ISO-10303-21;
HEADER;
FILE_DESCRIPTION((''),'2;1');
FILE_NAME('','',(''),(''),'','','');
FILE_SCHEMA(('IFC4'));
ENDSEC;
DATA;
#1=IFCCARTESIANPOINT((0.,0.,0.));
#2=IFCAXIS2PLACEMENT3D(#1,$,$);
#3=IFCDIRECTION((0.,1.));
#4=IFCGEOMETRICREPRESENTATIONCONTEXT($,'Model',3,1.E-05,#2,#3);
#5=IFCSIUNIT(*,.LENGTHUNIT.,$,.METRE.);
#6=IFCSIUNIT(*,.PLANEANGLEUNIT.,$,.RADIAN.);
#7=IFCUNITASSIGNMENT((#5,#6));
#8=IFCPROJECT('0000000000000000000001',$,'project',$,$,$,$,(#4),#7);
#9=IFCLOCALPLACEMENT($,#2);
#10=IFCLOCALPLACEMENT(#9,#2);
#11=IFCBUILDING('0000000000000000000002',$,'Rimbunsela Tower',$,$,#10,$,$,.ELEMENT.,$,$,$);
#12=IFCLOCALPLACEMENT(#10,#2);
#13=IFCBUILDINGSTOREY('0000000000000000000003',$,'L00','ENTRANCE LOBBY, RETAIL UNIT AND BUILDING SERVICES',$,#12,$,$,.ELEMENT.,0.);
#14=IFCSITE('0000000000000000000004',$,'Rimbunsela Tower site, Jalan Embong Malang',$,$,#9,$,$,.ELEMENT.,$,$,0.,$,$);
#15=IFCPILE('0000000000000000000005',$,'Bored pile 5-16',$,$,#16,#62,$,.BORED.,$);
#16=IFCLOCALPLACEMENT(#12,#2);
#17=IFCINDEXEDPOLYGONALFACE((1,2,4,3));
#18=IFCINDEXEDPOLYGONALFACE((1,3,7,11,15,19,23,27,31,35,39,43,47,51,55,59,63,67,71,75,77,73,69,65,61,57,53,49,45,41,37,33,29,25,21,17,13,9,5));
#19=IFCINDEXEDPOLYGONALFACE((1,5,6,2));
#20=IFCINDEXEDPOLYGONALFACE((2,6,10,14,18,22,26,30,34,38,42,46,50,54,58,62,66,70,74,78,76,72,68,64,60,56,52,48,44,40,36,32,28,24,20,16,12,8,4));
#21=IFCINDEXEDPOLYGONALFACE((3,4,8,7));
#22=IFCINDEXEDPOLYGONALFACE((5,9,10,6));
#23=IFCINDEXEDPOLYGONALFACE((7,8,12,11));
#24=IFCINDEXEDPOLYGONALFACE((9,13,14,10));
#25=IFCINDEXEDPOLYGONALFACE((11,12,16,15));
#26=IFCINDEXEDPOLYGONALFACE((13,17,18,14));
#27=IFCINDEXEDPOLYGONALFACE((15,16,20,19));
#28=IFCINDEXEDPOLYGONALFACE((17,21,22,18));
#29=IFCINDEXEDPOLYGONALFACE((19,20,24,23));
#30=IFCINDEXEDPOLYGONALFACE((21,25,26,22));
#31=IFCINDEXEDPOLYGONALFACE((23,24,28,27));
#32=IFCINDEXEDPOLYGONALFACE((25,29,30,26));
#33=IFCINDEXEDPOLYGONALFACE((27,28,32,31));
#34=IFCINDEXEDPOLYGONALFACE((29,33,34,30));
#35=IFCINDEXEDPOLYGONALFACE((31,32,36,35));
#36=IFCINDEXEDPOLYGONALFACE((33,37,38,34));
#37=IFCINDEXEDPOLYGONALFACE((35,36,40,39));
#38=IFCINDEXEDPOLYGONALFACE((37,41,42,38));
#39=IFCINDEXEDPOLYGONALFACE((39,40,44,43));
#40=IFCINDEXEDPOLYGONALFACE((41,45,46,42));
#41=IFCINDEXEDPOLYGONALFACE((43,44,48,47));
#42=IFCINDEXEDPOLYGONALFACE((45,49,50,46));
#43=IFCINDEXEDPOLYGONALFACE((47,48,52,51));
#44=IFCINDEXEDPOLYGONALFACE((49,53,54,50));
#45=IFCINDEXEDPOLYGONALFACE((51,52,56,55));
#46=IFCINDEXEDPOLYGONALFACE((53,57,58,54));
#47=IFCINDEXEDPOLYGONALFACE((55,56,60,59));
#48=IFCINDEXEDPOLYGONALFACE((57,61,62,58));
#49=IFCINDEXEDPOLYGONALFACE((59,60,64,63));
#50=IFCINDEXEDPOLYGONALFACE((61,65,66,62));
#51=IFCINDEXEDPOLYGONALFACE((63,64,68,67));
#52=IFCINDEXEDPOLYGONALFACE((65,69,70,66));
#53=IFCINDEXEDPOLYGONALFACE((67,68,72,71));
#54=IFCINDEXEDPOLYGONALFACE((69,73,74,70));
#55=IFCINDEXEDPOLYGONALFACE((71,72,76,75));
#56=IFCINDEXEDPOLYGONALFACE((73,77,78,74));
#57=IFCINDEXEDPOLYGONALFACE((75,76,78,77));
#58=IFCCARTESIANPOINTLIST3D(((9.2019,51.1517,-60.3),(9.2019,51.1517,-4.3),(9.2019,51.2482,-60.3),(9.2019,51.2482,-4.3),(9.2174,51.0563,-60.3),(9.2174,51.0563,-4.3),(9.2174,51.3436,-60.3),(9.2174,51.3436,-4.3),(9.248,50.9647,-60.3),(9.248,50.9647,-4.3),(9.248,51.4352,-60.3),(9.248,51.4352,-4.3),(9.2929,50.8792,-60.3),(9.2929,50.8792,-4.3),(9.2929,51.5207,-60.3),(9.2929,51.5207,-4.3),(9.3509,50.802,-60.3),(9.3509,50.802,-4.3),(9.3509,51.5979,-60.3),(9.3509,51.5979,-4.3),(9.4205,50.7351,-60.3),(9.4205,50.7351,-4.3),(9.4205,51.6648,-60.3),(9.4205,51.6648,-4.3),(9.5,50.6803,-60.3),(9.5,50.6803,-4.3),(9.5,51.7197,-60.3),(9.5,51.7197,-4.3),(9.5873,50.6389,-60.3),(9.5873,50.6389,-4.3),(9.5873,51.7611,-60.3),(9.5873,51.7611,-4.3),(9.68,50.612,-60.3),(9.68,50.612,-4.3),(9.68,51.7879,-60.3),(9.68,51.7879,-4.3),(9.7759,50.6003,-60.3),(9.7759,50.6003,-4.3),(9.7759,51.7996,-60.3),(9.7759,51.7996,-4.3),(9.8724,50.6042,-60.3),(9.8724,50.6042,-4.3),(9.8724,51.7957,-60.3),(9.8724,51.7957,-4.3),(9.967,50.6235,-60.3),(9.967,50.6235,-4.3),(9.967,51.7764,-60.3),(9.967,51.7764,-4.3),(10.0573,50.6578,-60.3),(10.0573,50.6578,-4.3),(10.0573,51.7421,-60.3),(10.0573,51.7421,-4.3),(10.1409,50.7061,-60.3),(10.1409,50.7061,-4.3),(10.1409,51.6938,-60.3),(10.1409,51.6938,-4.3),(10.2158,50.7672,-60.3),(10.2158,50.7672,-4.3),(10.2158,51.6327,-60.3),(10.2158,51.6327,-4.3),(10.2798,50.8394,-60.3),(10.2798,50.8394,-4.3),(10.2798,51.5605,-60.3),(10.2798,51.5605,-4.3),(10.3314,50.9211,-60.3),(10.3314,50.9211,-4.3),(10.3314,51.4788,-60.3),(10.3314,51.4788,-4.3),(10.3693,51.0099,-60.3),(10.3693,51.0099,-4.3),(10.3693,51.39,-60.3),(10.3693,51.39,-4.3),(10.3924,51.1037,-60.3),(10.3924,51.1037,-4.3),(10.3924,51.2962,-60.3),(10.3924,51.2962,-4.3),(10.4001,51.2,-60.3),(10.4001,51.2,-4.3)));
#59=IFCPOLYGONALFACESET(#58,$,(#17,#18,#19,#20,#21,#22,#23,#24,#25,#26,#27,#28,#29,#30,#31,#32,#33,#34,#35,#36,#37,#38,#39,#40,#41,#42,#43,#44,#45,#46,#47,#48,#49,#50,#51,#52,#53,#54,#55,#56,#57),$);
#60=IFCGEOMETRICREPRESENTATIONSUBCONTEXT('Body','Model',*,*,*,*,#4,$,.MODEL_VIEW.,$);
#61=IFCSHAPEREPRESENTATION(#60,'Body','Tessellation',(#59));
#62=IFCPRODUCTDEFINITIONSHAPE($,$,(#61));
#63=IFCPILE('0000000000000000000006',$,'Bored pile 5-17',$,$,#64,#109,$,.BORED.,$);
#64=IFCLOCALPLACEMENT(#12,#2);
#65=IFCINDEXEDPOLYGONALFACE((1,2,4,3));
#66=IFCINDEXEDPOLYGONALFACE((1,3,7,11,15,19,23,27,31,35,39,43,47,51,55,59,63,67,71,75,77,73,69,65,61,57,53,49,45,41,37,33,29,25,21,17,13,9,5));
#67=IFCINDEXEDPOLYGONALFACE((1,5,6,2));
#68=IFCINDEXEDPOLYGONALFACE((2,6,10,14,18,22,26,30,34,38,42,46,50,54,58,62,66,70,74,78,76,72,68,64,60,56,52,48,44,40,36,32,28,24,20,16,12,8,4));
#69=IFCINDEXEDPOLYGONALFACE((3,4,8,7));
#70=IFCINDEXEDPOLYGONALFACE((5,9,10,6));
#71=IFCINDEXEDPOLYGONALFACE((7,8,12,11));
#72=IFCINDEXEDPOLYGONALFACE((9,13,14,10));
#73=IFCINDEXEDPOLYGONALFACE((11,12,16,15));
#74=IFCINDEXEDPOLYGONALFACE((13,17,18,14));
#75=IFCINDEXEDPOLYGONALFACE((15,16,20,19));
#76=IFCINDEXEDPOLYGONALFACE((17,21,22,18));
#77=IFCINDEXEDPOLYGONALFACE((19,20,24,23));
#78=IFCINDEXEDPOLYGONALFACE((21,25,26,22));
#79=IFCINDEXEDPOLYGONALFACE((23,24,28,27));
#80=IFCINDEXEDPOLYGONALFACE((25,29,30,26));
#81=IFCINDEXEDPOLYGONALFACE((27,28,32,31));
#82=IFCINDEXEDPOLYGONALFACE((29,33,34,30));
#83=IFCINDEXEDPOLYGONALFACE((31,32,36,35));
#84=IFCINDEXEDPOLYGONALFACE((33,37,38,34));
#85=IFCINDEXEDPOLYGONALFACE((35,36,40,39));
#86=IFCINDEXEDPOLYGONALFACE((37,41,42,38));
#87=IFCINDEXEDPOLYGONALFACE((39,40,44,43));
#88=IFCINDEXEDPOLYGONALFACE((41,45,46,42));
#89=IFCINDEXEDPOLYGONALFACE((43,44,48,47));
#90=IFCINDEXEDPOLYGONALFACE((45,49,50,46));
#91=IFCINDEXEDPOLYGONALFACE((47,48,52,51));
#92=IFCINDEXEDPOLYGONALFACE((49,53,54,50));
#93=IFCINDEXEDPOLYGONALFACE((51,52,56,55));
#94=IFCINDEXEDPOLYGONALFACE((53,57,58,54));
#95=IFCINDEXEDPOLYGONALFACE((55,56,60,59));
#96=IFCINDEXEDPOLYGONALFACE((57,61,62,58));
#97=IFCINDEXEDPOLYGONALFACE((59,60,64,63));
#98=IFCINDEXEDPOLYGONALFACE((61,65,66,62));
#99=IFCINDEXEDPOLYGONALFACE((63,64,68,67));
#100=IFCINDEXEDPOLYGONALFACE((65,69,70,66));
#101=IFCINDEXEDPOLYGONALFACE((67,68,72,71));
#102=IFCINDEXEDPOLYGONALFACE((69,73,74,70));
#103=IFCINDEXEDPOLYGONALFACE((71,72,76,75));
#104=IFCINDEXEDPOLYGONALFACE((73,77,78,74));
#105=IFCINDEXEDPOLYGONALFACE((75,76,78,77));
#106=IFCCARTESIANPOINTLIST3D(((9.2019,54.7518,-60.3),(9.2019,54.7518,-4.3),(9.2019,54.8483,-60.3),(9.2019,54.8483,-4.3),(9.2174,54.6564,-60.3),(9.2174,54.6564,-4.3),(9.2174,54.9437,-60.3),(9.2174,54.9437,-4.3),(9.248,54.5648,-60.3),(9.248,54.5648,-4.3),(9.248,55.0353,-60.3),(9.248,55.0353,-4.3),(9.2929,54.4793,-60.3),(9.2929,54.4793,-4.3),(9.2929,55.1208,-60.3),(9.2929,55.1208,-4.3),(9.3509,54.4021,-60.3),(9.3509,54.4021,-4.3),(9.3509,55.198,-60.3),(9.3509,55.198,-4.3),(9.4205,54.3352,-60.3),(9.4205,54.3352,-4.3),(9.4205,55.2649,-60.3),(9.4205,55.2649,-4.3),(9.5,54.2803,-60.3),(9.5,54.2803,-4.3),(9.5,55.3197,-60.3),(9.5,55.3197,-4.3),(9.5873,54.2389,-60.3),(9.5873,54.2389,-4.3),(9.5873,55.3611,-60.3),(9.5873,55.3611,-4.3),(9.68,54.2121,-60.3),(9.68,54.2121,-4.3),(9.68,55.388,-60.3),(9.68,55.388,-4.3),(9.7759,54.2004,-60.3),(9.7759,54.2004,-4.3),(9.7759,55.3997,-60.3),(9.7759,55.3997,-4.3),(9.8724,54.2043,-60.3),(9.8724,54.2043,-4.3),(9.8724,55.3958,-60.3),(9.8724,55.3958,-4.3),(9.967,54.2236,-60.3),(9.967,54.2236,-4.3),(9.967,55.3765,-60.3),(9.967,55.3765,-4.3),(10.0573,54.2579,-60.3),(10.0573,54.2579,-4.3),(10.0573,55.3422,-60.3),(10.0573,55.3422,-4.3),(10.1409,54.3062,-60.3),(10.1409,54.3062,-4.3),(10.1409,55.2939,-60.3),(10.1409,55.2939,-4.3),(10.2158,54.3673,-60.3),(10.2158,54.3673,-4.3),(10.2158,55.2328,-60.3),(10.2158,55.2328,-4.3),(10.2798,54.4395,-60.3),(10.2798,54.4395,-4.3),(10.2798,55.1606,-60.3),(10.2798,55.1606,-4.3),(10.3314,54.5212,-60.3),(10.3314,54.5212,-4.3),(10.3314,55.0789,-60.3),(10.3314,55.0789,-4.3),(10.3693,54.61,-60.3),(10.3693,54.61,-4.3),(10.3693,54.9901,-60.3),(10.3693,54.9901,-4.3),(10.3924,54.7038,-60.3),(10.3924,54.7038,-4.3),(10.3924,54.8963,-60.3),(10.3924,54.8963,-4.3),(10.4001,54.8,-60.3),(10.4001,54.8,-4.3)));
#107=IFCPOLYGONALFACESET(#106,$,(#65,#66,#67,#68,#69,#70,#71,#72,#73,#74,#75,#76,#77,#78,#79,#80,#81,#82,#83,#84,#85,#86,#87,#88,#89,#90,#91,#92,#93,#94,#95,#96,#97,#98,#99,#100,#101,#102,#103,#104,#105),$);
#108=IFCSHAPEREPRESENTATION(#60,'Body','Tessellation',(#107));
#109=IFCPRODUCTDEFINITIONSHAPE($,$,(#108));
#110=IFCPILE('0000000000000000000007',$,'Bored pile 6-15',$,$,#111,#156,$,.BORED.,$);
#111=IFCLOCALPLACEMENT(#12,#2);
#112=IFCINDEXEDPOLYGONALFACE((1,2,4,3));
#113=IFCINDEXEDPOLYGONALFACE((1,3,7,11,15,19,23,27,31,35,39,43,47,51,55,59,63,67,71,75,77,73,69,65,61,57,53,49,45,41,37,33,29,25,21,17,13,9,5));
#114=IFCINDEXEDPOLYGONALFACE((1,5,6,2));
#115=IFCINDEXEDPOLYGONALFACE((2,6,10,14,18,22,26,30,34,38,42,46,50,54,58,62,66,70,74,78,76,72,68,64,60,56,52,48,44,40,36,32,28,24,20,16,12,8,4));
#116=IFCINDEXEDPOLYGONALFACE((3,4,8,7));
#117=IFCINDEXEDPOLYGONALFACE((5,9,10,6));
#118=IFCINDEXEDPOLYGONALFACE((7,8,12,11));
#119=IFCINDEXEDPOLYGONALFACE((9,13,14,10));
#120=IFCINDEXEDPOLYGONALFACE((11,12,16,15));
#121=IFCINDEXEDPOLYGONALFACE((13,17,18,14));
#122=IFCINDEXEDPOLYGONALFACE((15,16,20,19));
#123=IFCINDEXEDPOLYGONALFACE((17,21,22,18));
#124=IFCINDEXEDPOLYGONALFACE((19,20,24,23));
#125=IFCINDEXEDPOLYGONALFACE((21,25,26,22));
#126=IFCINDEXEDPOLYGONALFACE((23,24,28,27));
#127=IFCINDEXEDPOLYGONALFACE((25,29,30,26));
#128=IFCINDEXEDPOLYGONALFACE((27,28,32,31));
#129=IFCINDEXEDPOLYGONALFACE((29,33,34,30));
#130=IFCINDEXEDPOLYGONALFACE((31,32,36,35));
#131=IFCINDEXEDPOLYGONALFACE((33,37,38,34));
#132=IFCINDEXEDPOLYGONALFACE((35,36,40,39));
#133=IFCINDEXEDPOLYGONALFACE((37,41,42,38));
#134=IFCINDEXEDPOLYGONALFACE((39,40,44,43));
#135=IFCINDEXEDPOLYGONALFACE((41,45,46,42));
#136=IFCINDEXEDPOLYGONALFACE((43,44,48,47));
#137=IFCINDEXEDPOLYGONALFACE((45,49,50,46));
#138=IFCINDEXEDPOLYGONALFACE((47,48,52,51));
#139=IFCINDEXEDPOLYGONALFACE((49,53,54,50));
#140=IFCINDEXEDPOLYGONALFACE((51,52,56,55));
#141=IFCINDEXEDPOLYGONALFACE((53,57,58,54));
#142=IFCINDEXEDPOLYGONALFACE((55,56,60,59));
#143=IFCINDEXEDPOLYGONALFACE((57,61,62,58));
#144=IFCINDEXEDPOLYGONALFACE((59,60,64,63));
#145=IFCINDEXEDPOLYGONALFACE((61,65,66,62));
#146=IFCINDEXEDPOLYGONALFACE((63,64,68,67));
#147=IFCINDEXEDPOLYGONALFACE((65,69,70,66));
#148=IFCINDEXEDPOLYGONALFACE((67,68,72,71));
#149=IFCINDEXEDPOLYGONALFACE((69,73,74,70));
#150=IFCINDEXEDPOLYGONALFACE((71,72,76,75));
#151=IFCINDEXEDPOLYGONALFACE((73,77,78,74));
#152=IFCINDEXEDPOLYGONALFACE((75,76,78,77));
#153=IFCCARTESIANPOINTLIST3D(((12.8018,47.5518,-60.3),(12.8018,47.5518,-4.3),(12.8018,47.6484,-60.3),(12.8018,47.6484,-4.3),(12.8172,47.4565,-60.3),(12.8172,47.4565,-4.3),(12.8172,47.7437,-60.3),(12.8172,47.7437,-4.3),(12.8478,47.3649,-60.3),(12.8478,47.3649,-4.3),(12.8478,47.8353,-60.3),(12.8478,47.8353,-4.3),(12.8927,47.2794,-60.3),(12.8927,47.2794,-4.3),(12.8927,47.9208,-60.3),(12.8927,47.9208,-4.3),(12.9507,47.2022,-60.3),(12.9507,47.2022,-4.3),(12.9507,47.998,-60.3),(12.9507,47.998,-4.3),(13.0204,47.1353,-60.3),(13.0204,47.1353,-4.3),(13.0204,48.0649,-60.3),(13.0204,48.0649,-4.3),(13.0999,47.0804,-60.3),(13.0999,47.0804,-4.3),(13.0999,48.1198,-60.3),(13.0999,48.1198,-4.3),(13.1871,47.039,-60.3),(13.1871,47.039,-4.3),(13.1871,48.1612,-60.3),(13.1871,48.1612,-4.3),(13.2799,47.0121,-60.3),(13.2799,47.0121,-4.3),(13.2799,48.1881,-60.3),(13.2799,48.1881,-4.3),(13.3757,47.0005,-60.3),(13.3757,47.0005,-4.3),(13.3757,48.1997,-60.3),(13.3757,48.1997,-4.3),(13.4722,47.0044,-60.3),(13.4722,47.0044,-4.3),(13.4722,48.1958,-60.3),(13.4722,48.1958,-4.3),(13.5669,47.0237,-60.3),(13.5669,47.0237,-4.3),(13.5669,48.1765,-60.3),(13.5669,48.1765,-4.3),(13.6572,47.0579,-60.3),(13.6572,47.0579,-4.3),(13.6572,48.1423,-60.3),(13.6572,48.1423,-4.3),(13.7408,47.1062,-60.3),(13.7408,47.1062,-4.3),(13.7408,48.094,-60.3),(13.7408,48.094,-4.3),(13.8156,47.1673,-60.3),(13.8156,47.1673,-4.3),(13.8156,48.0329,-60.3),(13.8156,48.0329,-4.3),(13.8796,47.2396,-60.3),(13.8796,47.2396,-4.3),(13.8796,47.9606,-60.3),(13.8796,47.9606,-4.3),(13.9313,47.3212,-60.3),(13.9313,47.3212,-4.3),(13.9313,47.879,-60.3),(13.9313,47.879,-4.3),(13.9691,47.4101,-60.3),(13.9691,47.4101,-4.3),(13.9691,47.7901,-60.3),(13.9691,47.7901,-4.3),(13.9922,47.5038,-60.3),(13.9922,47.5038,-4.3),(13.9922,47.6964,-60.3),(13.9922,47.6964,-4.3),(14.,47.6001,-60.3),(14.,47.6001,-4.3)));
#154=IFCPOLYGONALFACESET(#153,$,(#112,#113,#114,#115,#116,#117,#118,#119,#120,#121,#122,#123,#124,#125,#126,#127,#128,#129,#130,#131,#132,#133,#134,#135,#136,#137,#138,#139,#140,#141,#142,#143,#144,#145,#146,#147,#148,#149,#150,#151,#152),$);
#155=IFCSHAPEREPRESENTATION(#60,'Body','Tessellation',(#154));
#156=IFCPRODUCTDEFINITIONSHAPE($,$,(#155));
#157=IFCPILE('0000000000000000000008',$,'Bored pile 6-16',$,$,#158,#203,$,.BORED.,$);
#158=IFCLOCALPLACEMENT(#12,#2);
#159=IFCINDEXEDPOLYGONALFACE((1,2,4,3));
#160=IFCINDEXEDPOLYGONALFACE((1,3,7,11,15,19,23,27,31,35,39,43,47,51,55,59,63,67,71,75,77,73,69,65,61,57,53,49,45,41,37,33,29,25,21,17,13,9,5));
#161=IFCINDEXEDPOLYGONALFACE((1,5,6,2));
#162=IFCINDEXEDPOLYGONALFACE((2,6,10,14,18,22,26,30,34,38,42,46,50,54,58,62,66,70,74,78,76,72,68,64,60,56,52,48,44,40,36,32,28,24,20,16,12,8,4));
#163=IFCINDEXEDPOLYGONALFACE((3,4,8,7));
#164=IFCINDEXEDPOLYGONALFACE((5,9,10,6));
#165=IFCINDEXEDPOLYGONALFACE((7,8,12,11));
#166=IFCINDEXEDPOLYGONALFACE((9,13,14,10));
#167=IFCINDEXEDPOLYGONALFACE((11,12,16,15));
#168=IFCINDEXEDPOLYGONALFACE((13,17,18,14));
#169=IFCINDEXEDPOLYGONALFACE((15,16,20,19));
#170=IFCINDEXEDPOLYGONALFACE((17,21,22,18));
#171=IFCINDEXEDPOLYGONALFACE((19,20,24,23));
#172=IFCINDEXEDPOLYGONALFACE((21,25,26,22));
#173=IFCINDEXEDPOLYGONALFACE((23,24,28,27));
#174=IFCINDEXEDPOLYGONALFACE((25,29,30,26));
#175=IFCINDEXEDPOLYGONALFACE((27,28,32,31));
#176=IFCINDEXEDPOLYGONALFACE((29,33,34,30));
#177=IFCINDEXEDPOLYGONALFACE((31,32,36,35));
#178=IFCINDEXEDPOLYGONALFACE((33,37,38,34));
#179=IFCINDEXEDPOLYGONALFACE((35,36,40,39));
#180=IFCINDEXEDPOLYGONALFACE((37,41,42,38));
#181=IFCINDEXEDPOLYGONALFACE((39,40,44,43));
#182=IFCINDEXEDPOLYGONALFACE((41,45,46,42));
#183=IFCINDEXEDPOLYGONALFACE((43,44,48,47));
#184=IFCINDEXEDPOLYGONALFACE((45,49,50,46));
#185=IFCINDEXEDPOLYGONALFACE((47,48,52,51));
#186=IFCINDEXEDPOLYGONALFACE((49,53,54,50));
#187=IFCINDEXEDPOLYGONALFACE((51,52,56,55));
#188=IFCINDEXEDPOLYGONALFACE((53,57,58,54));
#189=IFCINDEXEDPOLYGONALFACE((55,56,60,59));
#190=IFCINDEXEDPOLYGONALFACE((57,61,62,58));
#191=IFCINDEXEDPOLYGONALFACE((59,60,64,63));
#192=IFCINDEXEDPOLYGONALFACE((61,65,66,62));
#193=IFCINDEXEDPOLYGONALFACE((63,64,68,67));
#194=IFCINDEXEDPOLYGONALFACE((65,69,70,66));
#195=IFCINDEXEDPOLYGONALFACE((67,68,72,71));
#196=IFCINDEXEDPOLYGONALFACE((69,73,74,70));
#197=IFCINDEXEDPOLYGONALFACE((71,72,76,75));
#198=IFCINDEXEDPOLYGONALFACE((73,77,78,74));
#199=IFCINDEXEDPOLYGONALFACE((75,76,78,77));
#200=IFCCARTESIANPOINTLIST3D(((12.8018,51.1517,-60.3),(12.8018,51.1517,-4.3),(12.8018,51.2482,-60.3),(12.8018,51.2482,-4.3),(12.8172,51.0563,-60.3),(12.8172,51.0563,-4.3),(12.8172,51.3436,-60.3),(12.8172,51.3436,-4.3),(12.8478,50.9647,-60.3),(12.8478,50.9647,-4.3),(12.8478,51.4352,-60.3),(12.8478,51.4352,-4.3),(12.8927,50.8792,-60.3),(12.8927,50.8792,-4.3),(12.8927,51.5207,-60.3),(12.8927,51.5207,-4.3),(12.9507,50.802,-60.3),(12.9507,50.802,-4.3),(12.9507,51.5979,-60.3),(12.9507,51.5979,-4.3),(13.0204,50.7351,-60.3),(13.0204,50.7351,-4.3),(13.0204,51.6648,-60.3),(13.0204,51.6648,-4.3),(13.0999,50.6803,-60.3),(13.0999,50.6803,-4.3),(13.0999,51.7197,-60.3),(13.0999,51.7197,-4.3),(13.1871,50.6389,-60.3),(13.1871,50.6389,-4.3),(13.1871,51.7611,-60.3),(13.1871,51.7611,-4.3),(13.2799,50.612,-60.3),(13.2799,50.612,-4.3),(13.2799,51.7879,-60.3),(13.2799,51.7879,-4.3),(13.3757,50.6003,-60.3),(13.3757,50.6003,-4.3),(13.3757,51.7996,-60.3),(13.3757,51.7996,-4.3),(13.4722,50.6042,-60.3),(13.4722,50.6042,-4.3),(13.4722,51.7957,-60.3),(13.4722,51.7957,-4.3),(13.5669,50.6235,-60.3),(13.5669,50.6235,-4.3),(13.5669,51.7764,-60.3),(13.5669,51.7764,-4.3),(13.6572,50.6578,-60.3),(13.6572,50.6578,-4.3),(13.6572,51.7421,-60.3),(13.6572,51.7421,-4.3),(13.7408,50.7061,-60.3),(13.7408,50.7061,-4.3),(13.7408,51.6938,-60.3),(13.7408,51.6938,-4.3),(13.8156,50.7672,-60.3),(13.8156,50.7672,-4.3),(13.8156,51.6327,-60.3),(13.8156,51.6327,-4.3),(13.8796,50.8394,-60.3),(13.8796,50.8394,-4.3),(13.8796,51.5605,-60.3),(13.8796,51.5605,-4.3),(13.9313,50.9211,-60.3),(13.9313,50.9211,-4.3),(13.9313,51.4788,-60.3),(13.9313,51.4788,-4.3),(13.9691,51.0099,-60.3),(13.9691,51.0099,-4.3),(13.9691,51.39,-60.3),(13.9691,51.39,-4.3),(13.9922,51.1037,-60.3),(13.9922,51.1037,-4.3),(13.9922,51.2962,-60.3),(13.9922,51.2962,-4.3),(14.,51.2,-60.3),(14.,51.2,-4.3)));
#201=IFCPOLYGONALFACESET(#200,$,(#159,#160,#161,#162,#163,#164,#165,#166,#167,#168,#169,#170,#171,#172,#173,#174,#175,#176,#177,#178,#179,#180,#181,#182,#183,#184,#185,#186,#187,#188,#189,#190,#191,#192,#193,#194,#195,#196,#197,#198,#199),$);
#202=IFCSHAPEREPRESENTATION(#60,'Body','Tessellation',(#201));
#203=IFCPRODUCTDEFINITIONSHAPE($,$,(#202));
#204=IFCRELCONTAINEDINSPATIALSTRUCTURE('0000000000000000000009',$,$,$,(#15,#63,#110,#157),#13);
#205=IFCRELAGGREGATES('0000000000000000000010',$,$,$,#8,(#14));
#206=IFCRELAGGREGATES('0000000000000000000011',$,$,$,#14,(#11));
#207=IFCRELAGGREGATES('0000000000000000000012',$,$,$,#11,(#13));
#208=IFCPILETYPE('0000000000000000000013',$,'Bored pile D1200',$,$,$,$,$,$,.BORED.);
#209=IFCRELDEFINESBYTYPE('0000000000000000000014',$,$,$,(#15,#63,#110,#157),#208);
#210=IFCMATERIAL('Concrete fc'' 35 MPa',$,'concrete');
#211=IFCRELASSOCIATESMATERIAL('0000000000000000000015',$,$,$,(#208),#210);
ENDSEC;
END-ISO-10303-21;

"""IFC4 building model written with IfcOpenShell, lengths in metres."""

from ifc_helpers import new_model, si_unit, direction, frame, origin, origin_2d, place, context, subcontext, project, spatial, circle, extrude, material, material_profile, profile_set, type_object, element, save


model = new_model("IFC4")

# Units and contexts
model_context = context("Model", 3, precision=1e-05, world=origin(), true_north=direction((0.0, 1.0)))
body_context = subcontext(model_context, "Body", "Model", "MODEL_VIEW")
ifc_project = project(units=[si_unit("LENGTHUNIT", "METRE"), si_unit("PLANEANGLEUNIT", "RADIAN")], contexts=[model_context])

# Site, building, storey
site_placement = place(None, origin())
site = spatial("IfcSite", under=ifc_project, at=site_placement, Name="Rimbunsela Tower site, Jalan Embong Malang", CompositionType="ELEMENT", RefElevation=0.0)
building_placement = place(site_placement, origin())
building = spatial("IfcBuilding", under=site, at=building_placement, Name="Rimbunsela Tower", CompositionType="ELEMENT")
storey_placement = place(building_placement, origin())
storey = spatial("IfcBuildingStorey", under=building, at=storey_placement, Name="L00", Description="ENTRANCE LOBBY, RETAIL UNIT AND BUILDING SERVICES", CompositionType="ELEMENT", Elevation=0.0)

# Piles
ifc_material_1 = material(Name="Concrete fc' 35 MPa", Category="concrete")
ifc_material_profile_1 = material_profile(ifc_material_1, circle(Radius=0.6001, at=origin_2d()), Name="BP D1200")
ifc_profile_set_1 = profile_set([ifc_material_profile_1], Name="Concrete fc' 35 MPa")
pile_type = type_object("IfcPileType", Name="Bored pile D1200", PredefinedType="BORED", material=ifc_profile_set_1)
for number, where, z_axis, x_axis, name in (
    (1, (9.8, 51.2, -4.3), (0.0, 0.0, -1.0), (1.0, 0.0, 0.0), "Bored pile 5-16"),
    (2, (9.8, 54.8, -4.3), (0.0, 0.0, -1.0), (1.0, 0.0, 0.0), "Bored pile 5-17"),
    (3, (13.3999, 47.6001, -4.3), (0.0, 0.0, -1.0), (1.0, 0.0, 0.0), "Bored pile 6-15"),
    (4, (13.3999, 51.2, -4.3), (0.0, 0.0, -1.0), (1.0, 0.0, 0.0), "Bored pile 6-16"),
):
    element("IfcPile", number, at=place(storey_placement, frame(where, z_axis=z_axis, x_axis=x_axis)), inside=storey, type_object=pile_type, Name=name, PredefinedType="BORED", context=body_context, shape_type="SweptSolid", body=[
        extrude(circle(Radius=0.6001, at=origin_2d()), origin(), (0.0, 0.0, 1.0), 56.0),
    ])

save(model, "model.ifc")
